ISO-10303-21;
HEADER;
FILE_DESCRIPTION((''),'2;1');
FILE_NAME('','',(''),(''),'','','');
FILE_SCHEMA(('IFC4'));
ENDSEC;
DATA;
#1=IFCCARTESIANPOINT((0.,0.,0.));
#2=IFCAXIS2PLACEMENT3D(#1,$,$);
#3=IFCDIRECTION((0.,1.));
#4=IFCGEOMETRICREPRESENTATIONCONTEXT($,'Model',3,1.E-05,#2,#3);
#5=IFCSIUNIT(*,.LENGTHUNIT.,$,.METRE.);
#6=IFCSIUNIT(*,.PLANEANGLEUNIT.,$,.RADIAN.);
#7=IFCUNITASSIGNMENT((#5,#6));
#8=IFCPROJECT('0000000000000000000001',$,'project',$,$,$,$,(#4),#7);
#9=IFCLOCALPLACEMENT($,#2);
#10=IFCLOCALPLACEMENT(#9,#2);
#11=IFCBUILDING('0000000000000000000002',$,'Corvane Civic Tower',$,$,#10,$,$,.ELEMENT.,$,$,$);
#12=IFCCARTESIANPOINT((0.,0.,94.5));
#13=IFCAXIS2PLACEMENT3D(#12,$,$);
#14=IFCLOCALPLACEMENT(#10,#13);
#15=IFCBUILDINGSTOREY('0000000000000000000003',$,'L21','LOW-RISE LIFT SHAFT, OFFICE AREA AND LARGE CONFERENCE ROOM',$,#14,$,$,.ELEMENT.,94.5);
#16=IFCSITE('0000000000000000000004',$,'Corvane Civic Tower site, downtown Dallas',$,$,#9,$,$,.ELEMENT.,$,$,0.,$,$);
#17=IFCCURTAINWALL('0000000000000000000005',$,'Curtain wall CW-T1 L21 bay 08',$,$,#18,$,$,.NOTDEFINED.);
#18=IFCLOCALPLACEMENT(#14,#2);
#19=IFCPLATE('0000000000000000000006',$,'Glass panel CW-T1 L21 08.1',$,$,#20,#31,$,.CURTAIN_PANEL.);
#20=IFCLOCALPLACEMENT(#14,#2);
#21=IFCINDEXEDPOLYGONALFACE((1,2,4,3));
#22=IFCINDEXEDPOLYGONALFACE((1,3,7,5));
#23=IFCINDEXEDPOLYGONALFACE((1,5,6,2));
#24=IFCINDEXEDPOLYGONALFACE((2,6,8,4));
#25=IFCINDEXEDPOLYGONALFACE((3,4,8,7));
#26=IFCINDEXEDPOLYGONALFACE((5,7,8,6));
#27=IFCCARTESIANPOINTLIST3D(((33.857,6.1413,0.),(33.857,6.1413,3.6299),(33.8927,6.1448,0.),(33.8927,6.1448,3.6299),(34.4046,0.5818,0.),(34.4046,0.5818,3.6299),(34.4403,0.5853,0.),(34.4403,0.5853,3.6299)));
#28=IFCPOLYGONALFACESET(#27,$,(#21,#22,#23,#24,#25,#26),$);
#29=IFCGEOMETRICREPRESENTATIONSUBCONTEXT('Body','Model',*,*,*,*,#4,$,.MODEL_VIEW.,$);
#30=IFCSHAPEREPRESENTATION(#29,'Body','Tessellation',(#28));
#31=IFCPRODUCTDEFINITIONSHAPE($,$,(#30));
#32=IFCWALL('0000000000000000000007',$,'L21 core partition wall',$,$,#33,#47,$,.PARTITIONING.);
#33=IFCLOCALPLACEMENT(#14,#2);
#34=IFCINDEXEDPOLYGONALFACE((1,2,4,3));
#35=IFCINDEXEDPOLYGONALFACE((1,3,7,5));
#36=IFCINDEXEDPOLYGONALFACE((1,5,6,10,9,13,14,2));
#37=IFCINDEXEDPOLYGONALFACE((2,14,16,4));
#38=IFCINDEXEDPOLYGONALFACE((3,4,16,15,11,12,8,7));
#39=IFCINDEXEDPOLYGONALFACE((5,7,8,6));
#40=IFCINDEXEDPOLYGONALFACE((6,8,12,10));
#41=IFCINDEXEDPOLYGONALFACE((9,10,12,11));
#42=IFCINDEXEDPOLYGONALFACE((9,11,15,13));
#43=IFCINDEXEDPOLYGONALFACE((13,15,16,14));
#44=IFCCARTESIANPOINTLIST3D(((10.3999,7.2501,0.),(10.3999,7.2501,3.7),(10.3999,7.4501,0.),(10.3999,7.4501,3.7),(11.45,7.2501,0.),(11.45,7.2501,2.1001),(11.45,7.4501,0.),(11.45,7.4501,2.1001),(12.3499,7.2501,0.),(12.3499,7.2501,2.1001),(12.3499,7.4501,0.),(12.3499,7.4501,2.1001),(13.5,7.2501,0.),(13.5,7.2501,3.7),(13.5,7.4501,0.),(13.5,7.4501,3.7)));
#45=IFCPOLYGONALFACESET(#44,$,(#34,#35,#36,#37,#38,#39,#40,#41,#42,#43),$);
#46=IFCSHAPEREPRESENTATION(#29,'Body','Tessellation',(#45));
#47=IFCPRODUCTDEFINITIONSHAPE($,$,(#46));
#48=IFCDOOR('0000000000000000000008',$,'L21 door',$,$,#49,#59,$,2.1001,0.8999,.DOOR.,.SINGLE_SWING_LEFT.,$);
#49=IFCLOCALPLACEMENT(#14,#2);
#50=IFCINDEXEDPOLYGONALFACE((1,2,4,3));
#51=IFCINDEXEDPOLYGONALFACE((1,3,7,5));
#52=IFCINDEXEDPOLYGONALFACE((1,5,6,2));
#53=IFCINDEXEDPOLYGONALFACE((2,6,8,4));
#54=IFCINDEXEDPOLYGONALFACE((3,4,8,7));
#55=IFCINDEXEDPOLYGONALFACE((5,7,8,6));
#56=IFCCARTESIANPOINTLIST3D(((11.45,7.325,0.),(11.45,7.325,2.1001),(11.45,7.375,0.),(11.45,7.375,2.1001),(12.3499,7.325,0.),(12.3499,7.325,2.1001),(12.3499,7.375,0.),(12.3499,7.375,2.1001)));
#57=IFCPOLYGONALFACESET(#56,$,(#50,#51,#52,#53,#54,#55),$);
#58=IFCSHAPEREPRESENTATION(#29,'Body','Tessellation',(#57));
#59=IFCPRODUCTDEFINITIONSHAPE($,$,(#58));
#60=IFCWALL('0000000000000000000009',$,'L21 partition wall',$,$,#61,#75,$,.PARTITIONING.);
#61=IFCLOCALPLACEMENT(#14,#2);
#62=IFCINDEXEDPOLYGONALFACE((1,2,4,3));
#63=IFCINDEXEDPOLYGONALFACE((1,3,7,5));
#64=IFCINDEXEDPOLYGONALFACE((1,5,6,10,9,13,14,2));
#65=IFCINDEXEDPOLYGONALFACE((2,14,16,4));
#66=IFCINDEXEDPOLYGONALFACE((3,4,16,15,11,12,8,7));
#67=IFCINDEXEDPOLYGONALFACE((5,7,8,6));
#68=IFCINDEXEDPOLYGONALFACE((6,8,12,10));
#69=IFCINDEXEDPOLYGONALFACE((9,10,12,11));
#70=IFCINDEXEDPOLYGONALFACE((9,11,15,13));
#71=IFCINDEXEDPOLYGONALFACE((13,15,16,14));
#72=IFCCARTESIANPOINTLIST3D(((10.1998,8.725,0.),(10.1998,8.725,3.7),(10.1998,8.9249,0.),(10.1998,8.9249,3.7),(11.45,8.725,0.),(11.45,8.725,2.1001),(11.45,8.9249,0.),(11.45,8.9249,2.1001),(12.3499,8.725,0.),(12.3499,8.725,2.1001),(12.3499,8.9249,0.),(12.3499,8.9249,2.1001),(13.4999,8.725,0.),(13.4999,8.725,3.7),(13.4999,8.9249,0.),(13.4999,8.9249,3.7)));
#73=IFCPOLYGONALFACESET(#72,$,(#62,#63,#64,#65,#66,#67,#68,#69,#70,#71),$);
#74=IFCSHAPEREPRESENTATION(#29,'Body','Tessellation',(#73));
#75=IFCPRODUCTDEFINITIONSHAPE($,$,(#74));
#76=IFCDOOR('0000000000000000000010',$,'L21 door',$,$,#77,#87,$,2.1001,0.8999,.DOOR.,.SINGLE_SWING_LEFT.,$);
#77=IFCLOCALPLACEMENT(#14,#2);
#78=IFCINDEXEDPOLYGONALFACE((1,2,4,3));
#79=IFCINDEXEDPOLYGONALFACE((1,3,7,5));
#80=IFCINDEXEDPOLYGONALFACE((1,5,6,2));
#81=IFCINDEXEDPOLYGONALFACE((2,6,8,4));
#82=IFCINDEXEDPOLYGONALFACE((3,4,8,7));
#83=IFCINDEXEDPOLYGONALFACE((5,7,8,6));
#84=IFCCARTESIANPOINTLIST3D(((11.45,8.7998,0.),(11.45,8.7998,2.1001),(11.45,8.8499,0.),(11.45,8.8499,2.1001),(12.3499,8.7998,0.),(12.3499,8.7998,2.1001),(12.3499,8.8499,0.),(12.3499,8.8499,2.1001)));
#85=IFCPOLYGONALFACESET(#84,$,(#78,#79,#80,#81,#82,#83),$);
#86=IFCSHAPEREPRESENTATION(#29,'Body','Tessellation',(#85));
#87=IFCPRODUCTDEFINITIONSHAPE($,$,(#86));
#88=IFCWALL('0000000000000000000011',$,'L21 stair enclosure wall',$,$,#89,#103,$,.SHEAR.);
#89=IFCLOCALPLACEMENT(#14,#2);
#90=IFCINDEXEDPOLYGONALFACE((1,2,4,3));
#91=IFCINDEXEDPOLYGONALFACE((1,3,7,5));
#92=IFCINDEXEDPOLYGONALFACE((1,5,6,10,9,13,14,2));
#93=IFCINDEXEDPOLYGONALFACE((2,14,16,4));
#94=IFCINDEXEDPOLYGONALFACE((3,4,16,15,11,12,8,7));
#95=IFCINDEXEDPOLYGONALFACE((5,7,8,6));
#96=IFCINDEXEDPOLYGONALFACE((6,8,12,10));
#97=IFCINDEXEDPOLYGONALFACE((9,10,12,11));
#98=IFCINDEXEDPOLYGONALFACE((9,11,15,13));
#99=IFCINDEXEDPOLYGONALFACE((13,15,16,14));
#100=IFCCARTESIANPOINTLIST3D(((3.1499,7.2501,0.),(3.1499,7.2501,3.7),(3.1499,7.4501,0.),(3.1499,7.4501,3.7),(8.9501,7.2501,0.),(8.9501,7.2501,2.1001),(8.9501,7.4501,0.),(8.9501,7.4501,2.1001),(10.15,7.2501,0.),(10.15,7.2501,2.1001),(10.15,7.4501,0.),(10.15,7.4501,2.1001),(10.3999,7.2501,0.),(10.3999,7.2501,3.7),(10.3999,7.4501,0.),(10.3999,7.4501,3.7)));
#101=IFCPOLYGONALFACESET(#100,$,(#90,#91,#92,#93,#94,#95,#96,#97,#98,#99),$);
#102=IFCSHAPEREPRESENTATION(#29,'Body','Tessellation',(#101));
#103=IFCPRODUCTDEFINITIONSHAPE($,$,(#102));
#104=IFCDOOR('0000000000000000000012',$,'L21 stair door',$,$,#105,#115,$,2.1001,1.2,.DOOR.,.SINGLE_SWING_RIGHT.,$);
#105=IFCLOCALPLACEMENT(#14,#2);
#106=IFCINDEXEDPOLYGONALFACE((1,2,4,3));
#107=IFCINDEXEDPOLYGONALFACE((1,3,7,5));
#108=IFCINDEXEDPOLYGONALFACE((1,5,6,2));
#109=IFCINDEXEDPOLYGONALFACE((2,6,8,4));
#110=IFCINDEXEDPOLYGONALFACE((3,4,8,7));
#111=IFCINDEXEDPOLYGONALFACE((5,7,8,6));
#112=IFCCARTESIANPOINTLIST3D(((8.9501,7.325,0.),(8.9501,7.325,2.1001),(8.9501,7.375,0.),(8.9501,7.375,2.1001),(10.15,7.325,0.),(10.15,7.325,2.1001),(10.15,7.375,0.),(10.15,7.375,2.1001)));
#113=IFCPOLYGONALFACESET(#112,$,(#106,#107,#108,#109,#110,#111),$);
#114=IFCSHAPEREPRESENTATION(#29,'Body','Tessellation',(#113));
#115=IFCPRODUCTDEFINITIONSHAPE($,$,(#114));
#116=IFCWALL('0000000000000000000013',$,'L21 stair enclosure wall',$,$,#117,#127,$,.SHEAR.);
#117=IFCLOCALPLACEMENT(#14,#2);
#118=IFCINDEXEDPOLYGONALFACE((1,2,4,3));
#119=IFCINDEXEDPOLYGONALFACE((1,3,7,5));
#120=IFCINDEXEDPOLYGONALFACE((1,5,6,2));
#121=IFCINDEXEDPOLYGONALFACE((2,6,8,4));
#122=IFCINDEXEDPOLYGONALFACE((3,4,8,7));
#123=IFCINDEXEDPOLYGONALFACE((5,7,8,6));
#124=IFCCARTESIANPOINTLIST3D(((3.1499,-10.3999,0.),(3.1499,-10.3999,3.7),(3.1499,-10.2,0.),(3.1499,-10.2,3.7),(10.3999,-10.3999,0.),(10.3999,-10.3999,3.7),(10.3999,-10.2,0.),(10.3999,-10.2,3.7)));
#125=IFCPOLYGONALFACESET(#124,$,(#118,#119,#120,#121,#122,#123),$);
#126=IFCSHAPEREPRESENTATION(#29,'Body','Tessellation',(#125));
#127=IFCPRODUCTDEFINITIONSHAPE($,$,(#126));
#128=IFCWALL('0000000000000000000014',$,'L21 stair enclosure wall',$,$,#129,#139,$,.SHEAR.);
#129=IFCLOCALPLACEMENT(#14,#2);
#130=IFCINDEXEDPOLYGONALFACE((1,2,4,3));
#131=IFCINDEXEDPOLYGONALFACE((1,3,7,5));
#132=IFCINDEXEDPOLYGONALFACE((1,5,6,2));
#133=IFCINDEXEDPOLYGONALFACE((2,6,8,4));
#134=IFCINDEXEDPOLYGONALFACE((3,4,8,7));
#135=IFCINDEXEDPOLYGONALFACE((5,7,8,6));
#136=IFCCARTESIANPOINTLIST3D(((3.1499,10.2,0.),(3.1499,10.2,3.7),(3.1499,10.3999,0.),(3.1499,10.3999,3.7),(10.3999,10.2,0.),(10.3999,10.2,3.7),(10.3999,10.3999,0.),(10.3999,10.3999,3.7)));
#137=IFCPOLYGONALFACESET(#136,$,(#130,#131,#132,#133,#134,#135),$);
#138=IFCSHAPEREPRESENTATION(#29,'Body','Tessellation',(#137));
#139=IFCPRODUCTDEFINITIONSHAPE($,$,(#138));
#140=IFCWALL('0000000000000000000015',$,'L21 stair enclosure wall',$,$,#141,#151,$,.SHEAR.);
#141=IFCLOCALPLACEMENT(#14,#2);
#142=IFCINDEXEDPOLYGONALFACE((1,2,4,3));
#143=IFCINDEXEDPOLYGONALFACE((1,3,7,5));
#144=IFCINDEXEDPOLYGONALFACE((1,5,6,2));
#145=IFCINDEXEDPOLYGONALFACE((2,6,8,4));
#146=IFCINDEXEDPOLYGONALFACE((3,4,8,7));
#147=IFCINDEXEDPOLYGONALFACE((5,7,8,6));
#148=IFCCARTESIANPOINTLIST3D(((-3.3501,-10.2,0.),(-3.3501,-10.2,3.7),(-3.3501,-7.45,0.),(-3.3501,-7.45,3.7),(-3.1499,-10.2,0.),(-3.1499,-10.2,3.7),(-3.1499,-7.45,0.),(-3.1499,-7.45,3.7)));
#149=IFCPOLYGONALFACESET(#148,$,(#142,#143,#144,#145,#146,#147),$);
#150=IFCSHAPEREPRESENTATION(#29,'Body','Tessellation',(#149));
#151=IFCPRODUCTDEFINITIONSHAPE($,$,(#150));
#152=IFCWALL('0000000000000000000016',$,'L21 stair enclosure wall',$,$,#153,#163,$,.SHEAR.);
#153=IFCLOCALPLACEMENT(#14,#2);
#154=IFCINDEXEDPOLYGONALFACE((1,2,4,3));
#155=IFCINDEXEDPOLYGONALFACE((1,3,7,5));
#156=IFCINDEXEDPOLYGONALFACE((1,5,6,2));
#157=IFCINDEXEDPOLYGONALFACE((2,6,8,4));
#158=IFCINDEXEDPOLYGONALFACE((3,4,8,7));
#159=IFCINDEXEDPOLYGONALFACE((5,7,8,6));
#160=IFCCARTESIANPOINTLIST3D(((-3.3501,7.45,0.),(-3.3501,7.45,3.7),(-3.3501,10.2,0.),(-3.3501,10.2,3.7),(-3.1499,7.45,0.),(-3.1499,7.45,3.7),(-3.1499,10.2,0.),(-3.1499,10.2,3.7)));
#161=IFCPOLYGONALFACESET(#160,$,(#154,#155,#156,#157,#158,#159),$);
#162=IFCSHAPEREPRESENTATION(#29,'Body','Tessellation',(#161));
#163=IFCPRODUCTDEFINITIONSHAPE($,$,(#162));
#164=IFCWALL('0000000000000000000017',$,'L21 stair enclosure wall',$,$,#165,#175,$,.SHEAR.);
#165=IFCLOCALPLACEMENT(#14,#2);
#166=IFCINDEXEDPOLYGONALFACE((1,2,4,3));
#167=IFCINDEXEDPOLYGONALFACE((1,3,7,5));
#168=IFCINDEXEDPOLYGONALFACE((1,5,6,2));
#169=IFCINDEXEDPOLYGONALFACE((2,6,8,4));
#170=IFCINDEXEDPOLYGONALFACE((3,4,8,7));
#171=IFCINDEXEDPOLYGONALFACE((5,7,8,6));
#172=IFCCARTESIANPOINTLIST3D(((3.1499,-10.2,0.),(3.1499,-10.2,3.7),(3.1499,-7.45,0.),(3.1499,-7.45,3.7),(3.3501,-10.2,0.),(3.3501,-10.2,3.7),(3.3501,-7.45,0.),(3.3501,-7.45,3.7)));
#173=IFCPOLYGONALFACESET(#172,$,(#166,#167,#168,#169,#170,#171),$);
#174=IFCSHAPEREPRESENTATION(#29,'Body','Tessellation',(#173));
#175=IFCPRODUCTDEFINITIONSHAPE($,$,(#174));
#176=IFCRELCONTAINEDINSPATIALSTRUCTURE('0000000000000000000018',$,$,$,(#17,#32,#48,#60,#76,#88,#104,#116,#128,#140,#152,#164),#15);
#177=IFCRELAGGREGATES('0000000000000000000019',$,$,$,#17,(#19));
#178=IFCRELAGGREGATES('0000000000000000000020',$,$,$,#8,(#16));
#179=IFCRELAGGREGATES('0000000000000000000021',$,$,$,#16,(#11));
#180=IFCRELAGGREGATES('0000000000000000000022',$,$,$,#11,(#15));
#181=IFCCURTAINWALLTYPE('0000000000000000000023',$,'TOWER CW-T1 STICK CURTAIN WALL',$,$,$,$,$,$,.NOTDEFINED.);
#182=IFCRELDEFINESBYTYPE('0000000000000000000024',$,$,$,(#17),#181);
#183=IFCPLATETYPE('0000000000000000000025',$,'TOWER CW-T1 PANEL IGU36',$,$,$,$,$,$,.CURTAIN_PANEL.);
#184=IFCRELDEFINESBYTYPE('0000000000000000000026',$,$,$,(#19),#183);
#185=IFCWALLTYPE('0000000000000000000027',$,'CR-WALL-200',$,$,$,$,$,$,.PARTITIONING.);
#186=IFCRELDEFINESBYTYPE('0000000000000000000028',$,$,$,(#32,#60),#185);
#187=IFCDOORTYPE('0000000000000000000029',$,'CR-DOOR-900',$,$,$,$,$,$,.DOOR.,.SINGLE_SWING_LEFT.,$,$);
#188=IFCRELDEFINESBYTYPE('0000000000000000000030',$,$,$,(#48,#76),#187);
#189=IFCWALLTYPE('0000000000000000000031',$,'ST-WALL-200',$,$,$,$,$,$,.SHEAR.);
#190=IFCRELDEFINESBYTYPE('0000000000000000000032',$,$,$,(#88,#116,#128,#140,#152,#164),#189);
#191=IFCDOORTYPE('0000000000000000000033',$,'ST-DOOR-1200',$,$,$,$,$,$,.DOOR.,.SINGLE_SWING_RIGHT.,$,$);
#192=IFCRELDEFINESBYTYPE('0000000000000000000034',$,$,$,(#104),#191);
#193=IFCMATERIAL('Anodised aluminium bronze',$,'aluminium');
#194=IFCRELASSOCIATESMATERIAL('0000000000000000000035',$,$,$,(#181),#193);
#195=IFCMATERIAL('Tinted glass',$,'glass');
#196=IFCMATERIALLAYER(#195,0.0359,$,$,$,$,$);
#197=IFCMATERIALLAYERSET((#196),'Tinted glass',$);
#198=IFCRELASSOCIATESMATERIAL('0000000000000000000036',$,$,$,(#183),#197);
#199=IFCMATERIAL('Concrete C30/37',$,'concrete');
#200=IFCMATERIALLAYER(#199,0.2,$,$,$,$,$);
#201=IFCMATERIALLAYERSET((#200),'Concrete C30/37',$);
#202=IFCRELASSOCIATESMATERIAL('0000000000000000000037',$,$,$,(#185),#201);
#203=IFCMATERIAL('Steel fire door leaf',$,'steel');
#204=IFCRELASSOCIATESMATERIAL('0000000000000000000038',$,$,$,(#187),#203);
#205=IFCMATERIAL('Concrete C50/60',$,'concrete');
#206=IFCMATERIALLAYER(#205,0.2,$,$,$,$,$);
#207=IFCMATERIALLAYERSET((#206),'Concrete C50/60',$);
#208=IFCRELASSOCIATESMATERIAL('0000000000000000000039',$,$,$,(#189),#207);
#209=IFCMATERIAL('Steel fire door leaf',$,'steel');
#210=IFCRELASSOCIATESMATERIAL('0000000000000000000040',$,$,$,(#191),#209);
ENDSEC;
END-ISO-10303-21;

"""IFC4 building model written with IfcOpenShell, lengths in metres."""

from ifc_helpers import new_model, si_unit, direction, frame, frame_2d, origin, origin_2d, place, context, subcontext, project, spatial, polyline, rectangle, outline, extrude, material, layer, layer_set, type_object, element, fill, aggregate, save


model = new_model("IFC4")

# Units and contexts
model_context = context("Model", 3, precision=1e-05, world=origin(), true_north=direction((0.0, 1.0)))
body_context = subcontext(model_context, "Body", "Model", "MODEL_VIEW")
ifc_project = project(units=[si_unit("LENGTHUNIT", "METRE"), si_unit("PLANEANGLEUNIT", "RADIAN")], contexts=[model_context])

# Site, building, storey
site_placement = place(None, origin())
site = spatial("IfcSite", under=ifc_project, at=site_placement, Name="Corvane Civic Tower site, downtown Dallas", CompositionType="ELEMENT", RefElevation=0.0)
building_placement = place(site_placement, origin())
building = spatial("IfcBuilding", under=site, at=building_placement, Name="Corvane Civic Tower", CompositionType="ELEMENT")
storey_placement = place(building_placement, frame((0.0, 0.0, 94.5)))
storey = spatial("IfcBuildingStorey", under=building, at=storey_placement, Name="L21", Description="LOW-RISE LIFT SHAFT, OFFICE AREA AND LARGE CONFERENCE ROOM", CompositionType="ELEMENT", Elevation=94.5)

# Curtain wall
ifc_material_1 = material(Name="Anodised aluminium bronze", Category="aluminium")
curtain_wall_type = type_object("IfcCurtainWallType", Name="TOWER CW-T1 STICK CURTAIN WALL", PredefinedType="NOTDEFINED", material=ifc_material_1)
curtain_wall_1_placement = place(storey_placement, origin())
curtain_wall_1 = element("IfcCurtainWall", 1, at=curtain_wall_1_placement, inside=storey, type_object=curtain_wall_type, Name="Curtain wall CW-T1 L21 bay 08", PredefinedType="NOTDEFINED")

# Plate
ifc_material_2 = material(Name="Tinted glass", Category="glass")
ifc_layer_1 = layer(ifc_material_2, 0.0359)
ifc_layer_set_1 = layer_set([ifc_layer_1], Name="Tinted glass")
plate_type = type_object("IfcPlateType", Name="TOWER CW-T1 PANEL IGU36", PredefinedType="CURTAIN_PANEL", material=ifc_layer_set_1)
plate_1_placement = place(storey_placement, frame((34.1487, 3.3633, 0.0), z_axis=(0.0, 0.0, 1.0), x_axis=(0.098027, -0.995184, 0.0)))
plate_1 = element("IfcPlate", 2, at=plate_1_placement, type_object=plate_type, Name="Glass panel CW-T1 L21 08.1", PredefinedType="CURTAIN_PANEL", context=body_context, shape_type="SweptSolid", body=[
    extrude(rectangle(XDim=5.5864, YDim=0.0359, at=origin_2d()), origin(), (0.0, 0.0, 1.0), 3.6299),
])
aggregate(curtain_wall_1, [plate_1])

# Walls, openings, doors
ifc_material_3 = material(Name="Concrete C30/37", Category="concrete")
ifc_layer_2 = layer(ifc_material_3, 0.2)
ifc_layer_set_2 = layer_set([ifc_layer_2], Name="Concrete C30/37")
wall_type_1 = type_object("IfcWallType", Name="CR-WALL-200", PredefinedType="PARTITIONING", material=ifc_layer_set_2)
wall_1_placement = place(storey_placement, frame((10.3999, 7.3501, 0.0), z_axis=(0.0, 0.0, 1.0), x_axis=(1.0, 0.0, 0.0)))
wall_1 = element("IfcWall", 3, at=wall_1_placement, inside=storey, type_object=wall_type_1, Name="L21 core partition wall", PredefinedType="PARTITIONING", context=body_context, shape_type="SweptSolid", body=[
    extrude(rectangle(XDim=3.1001, YDim=0.2, at=frame_2d((1.55, 0.0))), origin(), (0.0, 0.0, 1.0), 3.7),
])
opening_1_placement = place(wall_1_placement, frame((1.05, 0.0, 0.0)))
opening_1 = element("IfcOpeningElement", 4, at=opening_1_placement, cuts=wall_1, PredefinedType="OPENING", context=body_context, shape_type="SweptSolid", body=[
    extrude(rectangle(XDim=0.8999, YDim=2.1001, at=frame_2d((0.45, 1.05))), frame((0.0, 0.1099, 0.0), z_axis=(0.0, -1.0, 0.0), x_axis=(1.0, 0.0, 0.0)), (0.0, 0.0, 1.0), 0.22),
])
ifc_material_4 = material(Name="Steel fire door leaf", Category="steel")
door_type_1 = type_object("IfcDoorType", Name="CR-DOOR-900", OperationType="SINGLE_SWING_LEFT", PredefinedType="DOOR", material=ifc_material_4)
door_1_placement = place(opening_1_placement, origin())
door_1 = element("IfcDoor", 5, at=door_1_placement, inside=storey, type_object=door_type_1, Name="L21 door", OperationType="SINGLE_SWING_LEFT", OverallHeight=2.1001, OverallWidth=0.8999, PredefinedType="DOOR", context=body_context, shape_type="SweptSolid", body=[
    extrude(rectangle(XDim=0.8999, YDim=2.1001, at=frame_2d((0.45, 1.05))), frame((0.0, 0.0249, 0.0), z_axis=(0.0, -1.0, 0.0), x_axis=(1.0, 0.0, 0.0)), (0.0, 0.0, 1.0), 0.05),
])
fill(opening_1, door_1)
wall_2_placement = place(storey_placement, frame((10.2, 8.825, 0.0), z_axis=(0.0, 0.0, 1.0), x_axis=(1.0, 0.0, 0.0)))
wall_2 = element("IfcWall", 6, at=wall_2_placement, inside=storey, type_object=wall_type_1, Name="L21 partition wall", PredefinedType="PARTITIONING", context=body_context, shape_type="SweptSolid", body=[
    extrude(rectangle(XDim=3.3, YDim=0.2, at=frame_2d((1.6499, 0.0))), origin(), (0.0, 0.0, 1.0), 3.7),
])
opening_2_placement = place(wall_2_placement, frame((1.25, 0.0, 0.0)))
opening_2 = element("IfcOpeningElement", 7, at=opening_2_placement, cuts=wall_2, PredefinedType="OPENING", context=body_context, shape_type="SweptSolid", body=[
    extrude(rectangle(XDim=0.8999, YDim=2.1001, at=frame_2d((0.45, 1.05))), frame((0.0, 0.1099, 0.0), z_axis=(0.0, -1.0, 0.0), x_axis=(1.0, 0.0, 0.0)), (0.0, 0.0, 1.0), 0.22),
])
door_2_placement = place(opening_2_placement, origin())
door_2 = element("IfcDoor", 8, at=door_2_placement, inside=storey, type_object=door_type_1, Name="L21 door", OperationType="SINGLE_SWING_LEFT", OverallHeight=2.1001, OverallWidth=0.8999, PredefinedType="DOOR", context=body_context, shape_type="SweptSolid", body=[
    extrude(rectangle(XDim=0.8999, YDim=2.1001, at=frame_2d((0.45, 1.05))), frame((0.0, 0.0249, 0.0), z_axis=(0.0, -1.0, 0.0), x_axis=(1.0, 0.0, 0.0)), (0.0, 0.0, 1.0), 0.05),
])
fill(opening_2, door_2)
ifc_material_5 = material(Name="Concrete C50/60", Category="concrete")
ifc_layer_3 = layer(ifc_material_5, 0.2)
ifc_layer_set_3 = layer_set([ifc_layer_3], Name="Concrete C50/60")
wall_type_2 = type_object("IfcWallType", Name="ST-WALL-200", PredefinedType="SHEAR", material=ifc_layer_set_3)
wall_3_placement = place(storey_placement, frame((3.1499, 7.3501, 0.0), z_axis=(0.0, 0.0, 1.0), x_axis=(1.0, 0.0, 0.0)))
wall_3 = element("IfcWall", 9, at=wall_3_placement, inside=storey, type_object=wall_type_2, Name="L21 stair enclosure wall", PredefinedType="SHEAR", context=body_context, shape_type="SweptSolid", body=[
    extrude(rectangle(XDim=7.25, YDim=0.2, at=frame_2d((3.625, 0.0))), origin(), (0.0, 0.0, 1.0), 3.7),
])
opening_3_placement = place(wall_3_placement, frame((5.8, 0.0, 0.0)))
opening_3 = element("IfcOpeningElement", 10, at=opening_3_placement, cuts=wall_3, PredefinedType="OPENING", context=body_context, shape_type="SweptSolid", body=[
    extrude(rectangle(XDim=1.2, YDim=2.1001, at=frame_2d((0.6001, 1.05))), frame((0.0, 0.1099, 0.0), z_axis=(0.0, -1.0, 0.0), x_axis=(1.0, 0.0, 0.0)), (0.0, 0.0, 1.0), 0.22),
])
ifc_material_6 = material(Name="Steel fire door leaf", Category="steel")
door_type_2 = type_object("IfcDoorType", Name="ST-DOOR-1200", OperationType="SINGLE_SWING_RIGHT", PredefinedType="DOOR", material=ifc_material_6)
door_3_placement = place(opening_3_placement, origin())
door_3 = element("IfcDoor", 11, at=door_3_placement, inside=storey, type_object=door_type_2, Name="L21 stair door", OperationType="SINGLE_SWING_RIGHT", OverallHeight=2.1001, OverallWidth=1.2, PredefinedType="DOOR", context=body_context, shape_type="SweptSolid", body=[
    extrude(rectangle(XDim=1.2, YDim=2.1001, at=frame_2d((0.6001, 1.05))), frame((0.0, 0.0249, 0.0), z_axis=(0.0, -1.0, 0.0), x_axis=(1.0, 0.0, 0.0)), (0.0, 0.0, 1.0), 0.05),
])
fill(opening_3, door_3)

# Walls
wall_4_placement = place(storey_placement, origin())
element("IfcWall", 12, at=wall_4_placement, inside=storey, type_object=wall_type_2, Name="L21 stair enclosure wall", PredefinedType="SHEAR", context=body_context, shape_type="SweptSolid", body=[
    extrude(outline(polyline([(10.3999, -10.3999), (3.1499, -10.3999), (3.1499, -10.2), (10.3999, -10.2), (10.3999, -10.3999)])), origin(), (0.0, 0.0, 1.0), 3.7),
])
wall_5_placement = place(storey_placement, origin())
element("IfcWall", 13, at=wall_5_placement, inside=storey, type_object=wall_type_2, Name="L21 stair enclosure wall", PredefinedType="SHEAR", context=body_context, shape_type="SweptSolid", body=[
    extrude(outline(polyline([(10.3999, 10.2), (3.1499, 10.2), (3.1499, 10.3999), (10.3999, 10.3999), (10.3999, 10.2)])), origin(), (0.0, 0.0, 1.0), 3.7),
])
wall_6_placement = place(storey_placement, origin())
element("IfcWall", 14, at=wall_6_placement, inside=storey, type_object=wall_type_2, Name="L21 stair enclosure wall", PredefinedType="SHEAR", context=body_context, shape_type="SweptSolid", body=[
    extrude(outline(polyline([(-3.1499, -7.45), (-3.1499, -10.2), (-3.3501, -10.2), (-3.3501, -7.45), (-3.1499, -7.45)])), origin(), (0.0, 0.0, 1.0), 3.7),
])
wall_7_placement = place(storey_placement, origin())
element("IfcWall", 15, at=wall_7_placement, inside=storey, type_object=wall_type_2, Name="L21 stair enclosure wall", PredefinedType="SHEAR", context=body_context, shape_type="SweptSolid", body=[
    extrude(outline(polyline([(-3.1499, 7.45), (-3.3501, 7.45), (-3.3501, 10.2), (-3.1499, 10.2), (-3.1499, 7.45)])), origin(), (0.0, 0.0, 1.0), 3.7),
])
wall_8_placement = place(storey_placement, origin())
element("IfcWall", 16, at=wall_8_placement, inside=storey, type_object=wall_type_2, Name="L21 stair enclosure wall", PredefinedType="SHEAR", context=body_context, shape_type="SweptSolid", body=[
    extrude(outline(polyline([(3.3501, -7.45), (3.3501, -10.2), (3.1499, -10.2), (3.1499, -7.45), (3.3501, -7.45)])), origin(), (0.0, 0.0, 1.0), 3.7),
])

save(model, "model.ifc")
